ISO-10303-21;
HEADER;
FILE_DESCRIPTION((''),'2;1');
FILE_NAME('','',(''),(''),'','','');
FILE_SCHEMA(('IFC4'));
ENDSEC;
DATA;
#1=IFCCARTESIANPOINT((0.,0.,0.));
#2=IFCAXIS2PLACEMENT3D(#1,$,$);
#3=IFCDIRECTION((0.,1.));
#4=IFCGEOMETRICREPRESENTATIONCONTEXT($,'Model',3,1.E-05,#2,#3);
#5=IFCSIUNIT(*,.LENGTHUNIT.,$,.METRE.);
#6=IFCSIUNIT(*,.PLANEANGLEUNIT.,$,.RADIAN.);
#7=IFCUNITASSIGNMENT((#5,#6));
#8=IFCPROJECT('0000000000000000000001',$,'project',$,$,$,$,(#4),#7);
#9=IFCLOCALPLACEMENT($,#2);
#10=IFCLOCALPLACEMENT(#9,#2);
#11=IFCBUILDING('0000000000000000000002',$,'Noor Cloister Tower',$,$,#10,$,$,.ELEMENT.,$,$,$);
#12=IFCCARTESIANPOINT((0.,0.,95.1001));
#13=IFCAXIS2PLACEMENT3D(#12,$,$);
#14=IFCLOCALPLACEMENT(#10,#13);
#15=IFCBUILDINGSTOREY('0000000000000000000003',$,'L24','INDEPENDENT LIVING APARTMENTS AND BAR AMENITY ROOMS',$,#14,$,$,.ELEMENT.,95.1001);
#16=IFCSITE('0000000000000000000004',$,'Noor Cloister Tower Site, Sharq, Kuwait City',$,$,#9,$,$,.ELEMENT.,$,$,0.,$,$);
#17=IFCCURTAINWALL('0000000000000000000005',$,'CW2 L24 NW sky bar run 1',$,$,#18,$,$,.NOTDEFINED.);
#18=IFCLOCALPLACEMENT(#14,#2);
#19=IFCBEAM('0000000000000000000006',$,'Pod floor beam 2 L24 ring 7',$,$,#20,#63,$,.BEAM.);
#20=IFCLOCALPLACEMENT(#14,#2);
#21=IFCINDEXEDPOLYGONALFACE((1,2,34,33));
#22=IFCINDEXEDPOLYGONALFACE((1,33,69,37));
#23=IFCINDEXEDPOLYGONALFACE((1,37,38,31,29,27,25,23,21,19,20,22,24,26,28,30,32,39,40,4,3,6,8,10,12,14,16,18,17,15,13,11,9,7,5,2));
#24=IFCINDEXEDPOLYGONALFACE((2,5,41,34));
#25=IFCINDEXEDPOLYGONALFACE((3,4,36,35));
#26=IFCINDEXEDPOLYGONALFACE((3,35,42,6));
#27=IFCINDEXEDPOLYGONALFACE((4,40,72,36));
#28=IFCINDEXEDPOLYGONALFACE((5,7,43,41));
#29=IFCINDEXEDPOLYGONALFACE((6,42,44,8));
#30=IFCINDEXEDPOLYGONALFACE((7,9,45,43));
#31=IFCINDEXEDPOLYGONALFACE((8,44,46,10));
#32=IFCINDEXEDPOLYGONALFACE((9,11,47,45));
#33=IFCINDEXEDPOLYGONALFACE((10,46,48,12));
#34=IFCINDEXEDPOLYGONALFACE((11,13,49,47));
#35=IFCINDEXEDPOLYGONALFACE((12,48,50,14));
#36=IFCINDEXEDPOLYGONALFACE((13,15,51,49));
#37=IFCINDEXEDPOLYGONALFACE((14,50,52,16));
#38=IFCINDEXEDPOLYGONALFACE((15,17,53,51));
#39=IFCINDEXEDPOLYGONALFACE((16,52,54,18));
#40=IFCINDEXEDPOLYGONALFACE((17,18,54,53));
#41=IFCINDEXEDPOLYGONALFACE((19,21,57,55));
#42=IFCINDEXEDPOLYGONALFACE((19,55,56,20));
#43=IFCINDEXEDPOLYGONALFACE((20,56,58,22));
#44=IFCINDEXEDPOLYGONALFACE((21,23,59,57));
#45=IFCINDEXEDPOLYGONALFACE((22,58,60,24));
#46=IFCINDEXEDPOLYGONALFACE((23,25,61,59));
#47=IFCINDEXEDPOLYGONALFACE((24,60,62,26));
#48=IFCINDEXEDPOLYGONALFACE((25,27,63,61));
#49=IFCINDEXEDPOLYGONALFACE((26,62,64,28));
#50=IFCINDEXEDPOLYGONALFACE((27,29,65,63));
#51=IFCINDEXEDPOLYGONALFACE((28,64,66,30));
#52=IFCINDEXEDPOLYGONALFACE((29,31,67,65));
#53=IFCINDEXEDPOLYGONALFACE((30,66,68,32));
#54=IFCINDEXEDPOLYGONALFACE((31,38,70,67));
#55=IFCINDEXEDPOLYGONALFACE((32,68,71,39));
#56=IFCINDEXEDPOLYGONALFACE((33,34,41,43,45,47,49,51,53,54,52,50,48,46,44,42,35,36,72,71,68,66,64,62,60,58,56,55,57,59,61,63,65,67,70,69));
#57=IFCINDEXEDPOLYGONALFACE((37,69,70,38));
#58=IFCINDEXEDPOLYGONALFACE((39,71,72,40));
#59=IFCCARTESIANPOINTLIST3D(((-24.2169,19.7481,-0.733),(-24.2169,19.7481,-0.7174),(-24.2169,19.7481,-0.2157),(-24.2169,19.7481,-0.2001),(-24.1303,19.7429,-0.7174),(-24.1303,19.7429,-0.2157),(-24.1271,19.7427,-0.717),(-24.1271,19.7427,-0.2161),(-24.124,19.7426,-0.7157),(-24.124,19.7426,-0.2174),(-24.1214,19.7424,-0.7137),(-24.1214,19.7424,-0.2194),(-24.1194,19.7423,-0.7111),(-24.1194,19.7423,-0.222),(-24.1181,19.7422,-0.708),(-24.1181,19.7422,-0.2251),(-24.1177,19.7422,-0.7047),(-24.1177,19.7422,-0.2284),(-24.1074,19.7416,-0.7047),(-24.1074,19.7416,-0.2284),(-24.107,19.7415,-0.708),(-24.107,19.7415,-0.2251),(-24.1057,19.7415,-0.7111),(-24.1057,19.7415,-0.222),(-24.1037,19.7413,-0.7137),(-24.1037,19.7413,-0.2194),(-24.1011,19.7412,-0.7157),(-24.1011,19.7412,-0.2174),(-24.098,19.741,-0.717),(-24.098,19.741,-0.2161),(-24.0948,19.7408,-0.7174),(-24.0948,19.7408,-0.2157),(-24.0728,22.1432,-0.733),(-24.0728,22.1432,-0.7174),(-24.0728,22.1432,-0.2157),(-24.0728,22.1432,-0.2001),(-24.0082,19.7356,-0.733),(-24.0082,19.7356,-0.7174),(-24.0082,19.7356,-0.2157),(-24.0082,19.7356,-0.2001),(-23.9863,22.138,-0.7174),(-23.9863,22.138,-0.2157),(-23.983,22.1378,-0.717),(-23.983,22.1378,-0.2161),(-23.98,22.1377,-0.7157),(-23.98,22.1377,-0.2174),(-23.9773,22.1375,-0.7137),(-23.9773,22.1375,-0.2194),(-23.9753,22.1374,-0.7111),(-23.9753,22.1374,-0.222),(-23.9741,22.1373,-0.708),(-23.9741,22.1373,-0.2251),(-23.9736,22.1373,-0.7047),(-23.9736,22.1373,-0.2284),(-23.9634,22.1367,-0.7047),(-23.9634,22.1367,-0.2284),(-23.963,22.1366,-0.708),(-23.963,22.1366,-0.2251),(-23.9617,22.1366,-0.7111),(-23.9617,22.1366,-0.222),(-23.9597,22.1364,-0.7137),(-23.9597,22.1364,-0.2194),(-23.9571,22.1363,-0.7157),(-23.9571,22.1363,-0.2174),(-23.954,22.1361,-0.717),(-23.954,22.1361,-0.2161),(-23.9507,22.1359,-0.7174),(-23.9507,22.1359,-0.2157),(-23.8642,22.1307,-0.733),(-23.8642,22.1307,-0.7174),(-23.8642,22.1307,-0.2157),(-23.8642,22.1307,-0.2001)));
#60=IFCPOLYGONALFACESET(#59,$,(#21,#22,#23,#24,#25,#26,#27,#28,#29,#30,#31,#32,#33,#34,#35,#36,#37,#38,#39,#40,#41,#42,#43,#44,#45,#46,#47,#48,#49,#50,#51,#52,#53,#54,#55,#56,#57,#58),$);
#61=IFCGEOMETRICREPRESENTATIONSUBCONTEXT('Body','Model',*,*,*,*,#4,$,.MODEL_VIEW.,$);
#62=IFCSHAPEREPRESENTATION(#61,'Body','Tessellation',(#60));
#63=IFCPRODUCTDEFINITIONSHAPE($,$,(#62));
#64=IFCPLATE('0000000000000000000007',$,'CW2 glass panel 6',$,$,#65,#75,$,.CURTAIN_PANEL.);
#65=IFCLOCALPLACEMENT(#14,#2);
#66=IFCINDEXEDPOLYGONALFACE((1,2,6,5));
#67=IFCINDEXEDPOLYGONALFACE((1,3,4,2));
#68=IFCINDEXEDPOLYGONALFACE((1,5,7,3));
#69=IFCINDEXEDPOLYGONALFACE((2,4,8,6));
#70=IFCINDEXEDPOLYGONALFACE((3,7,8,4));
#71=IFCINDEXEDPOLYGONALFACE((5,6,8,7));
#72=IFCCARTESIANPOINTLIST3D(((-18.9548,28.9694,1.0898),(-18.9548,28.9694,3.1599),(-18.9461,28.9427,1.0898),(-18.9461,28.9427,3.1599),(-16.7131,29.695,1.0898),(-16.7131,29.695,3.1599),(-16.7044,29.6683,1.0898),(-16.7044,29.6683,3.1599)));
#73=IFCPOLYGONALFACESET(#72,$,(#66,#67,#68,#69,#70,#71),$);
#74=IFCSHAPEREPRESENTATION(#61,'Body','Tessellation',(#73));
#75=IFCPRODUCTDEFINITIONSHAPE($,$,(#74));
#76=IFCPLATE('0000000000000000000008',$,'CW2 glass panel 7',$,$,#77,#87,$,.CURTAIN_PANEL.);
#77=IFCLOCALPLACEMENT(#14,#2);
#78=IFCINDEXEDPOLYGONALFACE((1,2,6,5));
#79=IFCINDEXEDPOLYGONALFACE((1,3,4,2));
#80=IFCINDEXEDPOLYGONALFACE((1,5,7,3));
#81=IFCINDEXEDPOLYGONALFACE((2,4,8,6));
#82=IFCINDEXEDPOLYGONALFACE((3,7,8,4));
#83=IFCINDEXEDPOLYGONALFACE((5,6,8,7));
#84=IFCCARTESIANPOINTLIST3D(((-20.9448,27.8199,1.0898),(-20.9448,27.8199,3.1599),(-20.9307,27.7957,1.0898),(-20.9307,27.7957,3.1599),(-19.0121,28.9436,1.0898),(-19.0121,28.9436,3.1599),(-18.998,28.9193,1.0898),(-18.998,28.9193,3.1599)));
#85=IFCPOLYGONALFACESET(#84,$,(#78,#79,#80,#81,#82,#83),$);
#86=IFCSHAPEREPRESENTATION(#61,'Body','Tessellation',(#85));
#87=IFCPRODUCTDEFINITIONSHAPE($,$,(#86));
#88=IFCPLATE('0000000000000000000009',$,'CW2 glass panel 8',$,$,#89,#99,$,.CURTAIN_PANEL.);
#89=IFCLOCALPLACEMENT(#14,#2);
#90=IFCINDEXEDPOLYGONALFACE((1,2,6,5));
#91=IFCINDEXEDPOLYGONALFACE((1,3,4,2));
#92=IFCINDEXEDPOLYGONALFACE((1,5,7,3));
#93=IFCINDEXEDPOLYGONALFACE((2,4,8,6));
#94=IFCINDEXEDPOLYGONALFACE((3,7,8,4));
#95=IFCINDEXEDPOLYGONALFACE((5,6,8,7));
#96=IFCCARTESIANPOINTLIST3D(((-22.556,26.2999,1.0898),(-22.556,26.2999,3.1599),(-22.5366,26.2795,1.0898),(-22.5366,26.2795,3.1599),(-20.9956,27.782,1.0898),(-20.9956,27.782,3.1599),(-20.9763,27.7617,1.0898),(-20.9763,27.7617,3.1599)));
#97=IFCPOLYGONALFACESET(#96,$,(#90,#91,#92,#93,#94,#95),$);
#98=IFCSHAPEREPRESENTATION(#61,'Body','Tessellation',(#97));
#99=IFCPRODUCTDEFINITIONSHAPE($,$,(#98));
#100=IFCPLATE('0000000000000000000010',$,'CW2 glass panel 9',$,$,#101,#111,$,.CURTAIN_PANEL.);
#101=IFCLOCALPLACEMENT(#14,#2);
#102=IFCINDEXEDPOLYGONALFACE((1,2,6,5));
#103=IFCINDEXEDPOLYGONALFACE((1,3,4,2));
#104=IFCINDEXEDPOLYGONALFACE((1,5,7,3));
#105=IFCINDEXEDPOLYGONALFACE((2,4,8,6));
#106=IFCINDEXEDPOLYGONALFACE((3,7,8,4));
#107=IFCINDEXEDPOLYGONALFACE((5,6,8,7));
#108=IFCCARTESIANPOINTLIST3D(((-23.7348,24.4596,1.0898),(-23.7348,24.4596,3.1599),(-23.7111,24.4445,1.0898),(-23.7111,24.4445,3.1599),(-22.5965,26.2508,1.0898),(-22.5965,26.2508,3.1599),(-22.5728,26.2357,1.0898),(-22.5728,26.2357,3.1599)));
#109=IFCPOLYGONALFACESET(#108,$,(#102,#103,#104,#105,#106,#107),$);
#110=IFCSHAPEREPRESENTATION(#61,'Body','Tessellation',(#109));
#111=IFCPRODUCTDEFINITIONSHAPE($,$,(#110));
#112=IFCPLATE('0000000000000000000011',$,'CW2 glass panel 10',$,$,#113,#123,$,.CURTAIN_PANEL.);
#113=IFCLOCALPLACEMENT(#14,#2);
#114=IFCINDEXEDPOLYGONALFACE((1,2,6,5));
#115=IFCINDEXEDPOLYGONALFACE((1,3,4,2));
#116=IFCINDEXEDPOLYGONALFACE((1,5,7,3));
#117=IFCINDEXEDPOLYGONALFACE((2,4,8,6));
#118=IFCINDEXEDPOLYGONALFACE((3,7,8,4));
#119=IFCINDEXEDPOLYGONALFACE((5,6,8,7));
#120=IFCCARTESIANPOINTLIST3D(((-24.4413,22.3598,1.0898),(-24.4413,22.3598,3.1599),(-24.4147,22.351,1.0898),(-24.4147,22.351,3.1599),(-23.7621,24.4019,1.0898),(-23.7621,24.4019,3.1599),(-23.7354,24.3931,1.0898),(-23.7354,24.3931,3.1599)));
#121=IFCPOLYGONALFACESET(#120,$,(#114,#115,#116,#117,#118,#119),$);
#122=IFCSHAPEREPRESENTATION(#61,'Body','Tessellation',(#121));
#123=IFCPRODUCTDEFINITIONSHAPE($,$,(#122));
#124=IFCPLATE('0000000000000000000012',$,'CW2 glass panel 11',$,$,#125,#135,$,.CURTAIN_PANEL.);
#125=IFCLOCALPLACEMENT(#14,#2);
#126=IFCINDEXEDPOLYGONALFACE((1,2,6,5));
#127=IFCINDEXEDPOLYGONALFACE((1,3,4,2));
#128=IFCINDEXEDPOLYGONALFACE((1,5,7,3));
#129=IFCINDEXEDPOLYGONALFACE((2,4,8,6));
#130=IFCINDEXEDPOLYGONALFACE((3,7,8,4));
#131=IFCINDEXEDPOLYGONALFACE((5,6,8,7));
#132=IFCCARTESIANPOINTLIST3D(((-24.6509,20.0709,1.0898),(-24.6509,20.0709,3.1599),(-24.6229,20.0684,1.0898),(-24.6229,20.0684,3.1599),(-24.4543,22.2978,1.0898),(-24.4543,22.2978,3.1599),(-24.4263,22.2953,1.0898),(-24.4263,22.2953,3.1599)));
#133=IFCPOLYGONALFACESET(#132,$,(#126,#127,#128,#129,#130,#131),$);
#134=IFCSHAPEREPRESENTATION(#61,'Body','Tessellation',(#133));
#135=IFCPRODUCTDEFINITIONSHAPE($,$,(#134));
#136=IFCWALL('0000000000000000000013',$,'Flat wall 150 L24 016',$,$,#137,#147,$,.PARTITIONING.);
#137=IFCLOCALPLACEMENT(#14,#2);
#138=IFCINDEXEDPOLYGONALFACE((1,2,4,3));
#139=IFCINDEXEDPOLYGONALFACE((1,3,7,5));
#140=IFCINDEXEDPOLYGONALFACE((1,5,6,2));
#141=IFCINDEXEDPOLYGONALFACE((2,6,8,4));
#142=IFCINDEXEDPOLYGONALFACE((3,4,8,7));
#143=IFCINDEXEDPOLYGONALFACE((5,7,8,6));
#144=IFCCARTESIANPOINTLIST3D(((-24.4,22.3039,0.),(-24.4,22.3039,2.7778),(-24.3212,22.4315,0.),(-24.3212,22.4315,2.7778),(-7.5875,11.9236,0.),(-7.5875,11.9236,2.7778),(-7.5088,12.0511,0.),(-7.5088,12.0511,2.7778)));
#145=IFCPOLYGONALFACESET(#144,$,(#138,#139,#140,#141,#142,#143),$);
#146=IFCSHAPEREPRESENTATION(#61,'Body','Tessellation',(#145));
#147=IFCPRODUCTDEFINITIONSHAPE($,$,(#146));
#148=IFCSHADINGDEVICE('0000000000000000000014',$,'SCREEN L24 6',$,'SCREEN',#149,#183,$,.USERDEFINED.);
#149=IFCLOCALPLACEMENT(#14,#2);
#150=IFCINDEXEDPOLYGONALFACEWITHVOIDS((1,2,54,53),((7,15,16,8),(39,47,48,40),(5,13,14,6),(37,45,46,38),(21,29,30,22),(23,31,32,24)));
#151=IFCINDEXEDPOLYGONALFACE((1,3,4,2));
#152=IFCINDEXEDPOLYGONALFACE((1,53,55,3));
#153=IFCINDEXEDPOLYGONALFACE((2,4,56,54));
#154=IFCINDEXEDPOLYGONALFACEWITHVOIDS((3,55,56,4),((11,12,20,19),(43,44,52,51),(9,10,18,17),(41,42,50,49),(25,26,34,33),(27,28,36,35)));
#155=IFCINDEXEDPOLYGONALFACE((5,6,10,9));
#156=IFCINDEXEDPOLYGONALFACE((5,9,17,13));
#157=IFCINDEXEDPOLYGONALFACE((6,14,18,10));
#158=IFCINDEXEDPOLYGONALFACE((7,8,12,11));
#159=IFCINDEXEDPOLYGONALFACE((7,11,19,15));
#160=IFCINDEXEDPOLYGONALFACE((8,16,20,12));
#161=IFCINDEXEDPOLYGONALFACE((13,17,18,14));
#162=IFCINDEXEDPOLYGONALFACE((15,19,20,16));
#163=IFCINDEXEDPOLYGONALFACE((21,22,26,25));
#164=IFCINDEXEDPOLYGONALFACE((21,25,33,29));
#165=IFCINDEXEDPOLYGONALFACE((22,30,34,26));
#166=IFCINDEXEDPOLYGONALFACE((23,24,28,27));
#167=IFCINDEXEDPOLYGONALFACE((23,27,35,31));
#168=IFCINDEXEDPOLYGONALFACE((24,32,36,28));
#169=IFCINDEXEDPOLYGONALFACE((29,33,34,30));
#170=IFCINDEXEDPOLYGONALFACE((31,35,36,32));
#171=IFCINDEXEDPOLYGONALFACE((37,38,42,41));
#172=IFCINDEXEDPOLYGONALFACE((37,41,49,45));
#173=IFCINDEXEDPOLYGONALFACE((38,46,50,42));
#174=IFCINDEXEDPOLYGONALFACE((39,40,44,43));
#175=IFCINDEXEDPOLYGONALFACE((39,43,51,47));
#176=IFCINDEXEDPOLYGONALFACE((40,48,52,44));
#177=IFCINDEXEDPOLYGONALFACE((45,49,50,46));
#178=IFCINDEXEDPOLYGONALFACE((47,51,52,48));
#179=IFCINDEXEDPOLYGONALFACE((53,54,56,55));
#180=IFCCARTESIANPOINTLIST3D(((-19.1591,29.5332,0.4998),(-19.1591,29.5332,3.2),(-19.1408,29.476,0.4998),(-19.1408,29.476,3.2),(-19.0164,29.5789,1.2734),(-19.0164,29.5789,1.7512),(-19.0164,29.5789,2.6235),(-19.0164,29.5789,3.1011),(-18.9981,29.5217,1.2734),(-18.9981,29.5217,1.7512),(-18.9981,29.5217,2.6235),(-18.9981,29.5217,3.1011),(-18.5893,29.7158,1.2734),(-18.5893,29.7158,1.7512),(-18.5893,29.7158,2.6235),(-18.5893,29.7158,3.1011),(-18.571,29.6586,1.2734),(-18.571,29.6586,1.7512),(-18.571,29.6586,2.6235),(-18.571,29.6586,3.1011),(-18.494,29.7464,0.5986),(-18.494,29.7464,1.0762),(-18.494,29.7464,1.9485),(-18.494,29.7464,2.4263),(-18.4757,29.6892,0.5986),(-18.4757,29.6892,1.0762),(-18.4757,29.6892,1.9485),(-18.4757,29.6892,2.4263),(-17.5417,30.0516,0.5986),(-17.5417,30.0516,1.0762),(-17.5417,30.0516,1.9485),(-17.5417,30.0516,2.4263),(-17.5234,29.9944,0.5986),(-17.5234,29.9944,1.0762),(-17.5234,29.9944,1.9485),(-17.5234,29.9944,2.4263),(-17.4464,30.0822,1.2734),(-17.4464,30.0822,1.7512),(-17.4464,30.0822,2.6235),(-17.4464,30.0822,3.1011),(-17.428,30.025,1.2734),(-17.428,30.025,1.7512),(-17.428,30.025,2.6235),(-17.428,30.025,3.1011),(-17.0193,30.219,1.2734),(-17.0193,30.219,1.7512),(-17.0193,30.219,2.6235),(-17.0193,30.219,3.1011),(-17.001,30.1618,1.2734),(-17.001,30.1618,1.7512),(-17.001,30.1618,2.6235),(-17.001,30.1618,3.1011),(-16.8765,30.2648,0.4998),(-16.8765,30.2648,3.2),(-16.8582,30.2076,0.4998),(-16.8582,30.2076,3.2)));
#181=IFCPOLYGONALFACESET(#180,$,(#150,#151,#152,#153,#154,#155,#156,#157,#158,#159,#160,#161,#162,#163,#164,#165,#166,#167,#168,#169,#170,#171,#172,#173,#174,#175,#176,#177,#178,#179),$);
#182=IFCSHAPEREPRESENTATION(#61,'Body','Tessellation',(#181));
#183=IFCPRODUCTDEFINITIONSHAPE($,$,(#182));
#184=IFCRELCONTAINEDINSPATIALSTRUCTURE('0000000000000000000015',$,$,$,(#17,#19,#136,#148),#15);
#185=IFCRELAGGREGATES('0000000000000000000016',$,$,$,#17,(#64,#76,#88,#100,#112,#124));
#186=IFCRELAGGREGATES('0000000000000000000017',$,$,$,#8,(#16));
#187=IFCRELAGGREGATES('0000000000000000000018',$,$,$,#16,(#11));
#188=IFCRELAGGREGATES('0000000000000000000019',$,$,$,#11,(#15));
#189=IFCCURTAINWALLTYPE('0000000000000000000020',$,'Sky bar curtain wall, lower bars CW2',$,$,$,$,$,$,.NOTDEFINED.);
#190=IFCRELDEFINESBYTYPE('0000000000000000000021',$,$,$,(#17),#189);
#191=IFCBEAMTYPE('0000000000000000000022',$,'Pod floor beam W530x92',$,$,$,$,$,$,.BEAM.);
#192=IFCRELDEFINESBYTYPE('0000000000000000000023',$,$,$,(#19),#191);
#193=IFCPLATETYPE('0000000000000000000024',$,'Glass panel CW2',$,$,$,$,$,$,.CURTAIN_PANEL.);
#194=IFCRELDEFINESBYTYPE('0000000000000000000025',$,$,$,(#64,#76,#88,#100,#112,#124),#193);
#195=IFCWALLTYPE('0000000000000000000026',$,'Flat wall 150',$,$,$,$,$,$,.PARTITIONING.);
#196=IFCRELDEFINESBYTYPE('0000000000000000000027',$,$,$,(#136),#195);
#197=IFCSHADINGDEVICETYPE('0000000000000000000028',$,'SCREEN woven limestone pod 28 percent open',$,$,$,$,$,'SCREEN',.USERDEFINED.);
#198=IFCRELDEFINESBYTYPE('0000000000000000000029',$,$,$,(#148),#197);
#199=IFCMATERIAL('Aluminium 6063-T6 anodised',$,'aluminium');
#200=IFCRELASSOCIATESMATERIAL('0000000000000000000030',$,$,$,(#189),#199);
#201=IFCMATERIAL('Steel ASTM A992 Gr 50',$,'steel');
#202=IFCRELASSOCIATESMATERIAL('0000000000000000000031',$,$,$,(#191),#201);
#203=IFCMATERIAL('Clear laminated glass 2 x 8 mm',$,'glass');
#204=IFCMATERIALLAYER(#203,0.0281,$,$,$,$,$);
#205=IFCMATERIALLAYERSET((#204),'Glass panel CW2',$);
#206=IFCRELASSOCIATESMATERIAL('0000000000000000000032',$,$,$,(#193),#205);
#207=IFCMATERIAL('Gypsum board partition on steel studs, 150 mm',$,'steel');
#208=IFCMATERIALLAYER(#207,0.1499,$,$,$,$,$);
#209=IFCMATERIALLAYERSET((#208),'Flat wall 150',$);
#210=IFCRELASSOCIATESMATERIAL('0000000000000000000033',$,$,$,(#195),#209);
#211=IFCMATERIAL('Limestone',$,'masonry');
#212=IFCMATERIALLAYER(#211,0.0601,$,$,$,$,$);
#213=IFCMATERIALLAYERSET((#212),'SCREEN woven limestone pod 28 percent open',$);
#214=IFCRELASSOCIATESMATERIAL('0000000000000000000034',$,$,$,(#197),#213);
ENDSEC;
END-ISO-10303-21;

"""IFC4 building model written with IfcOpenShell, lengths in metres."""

from ifc_helpers import new_model, si_unit, direction, frame, frame_2d, origin, origin_2d, place, context, subcontext, project, spatial, polyline, rectangle, i_section, outline, extrude, material, layer, layer_set, material_profile, profile_set, type_object, element, aggregate, save


model = new_model("IFC4")

# Units and contexts
model_context = context("Model", 3, precision=1e-05, world=origin(), true_north=direction((0.0, 1.0)))
body_context = subcontext(model_context, "Body", "Model", "MODEL_VIEW")
ifc_project = project(units=[si_unit("LENGTHUNIT", "METRE"), si_unit("PLANEANGLEUNIT", "RADIAN")], contexts=[model_context])

# Site, building, storey
site_placement = place(None, origin())
site = spatial("IfcSite", under=ifc_project, at=site_placement, Name="Noor Cloister Tower Site, Sharq, Kuwait City", CompositionType="ELEMENT", RefElevation=0.0)
building_placement = place(site_placement, origin())
building = spatial("IfcBuilding", under=site, at=building_placement, Name="Noor Cloister Tower", CompositionType="ELEMENT")
storey_placement = place(building_placement, frame((0.0, 0.0, 95.1001)))
storey = spatial("IfcBuildingStorey", under=building, at=storey_placement, Name="L24", Description="INDEPENDENT LIVING APARTMENTS AND BAR AMENITY ROOMS", CompositionType="ELEMENT", Elevation=95.1001)

# Curtain wall
ifc_material_1 = material(Name="Aluminium 6063-T6 anodised", Category="aluminium")
curtain_wall_type = type_object("IfcCurtainWallType", Name="Sky bar curtain wall, lower bars CW2", PredefinedType="NOTDEFINED", material=ifc_material_1)
curtain_wall_placement = place(storey_placement, origin())
curtain_wall = element("IfcCurtainWall", 1, at=curtain_wall_placement, inside=storey, type_object=curtain_wall_type, Name="CW2 L24 NW sky bar run 1", PredefinedType="NOTDEFINED")

# Beam
ifc_material_2 = material(Name="Steel ASTM A992 Gr 50", Category="steel")
ifc_material_profile_1 = material_profile(ifc_material_2, i_section(OverallWidth=0.209, OverallDepth=0.533, WebThickness=0.0103, FlangeThickness=0.0156, FilletRadius=0.0127, at=origin_2d()), Name="W530x92")
ifc_profile_set_1 = profile_set([ifc_material_profile_1], Name="Steel ASTM A992 Gr 50")
beam_type = type_object("IfcBeamType", Name="Pod floor beam W530x92", PredefinedType="BEAM", material=ifc_profile_set_1)
beam_1_placement = place(storey_placement, frame((-23.9685, 22.137, -0.4666), z_axis=(-0.060034, -0.998196, 0.0), x_axis=(0.998196, -0.060034, 0.0)))
element("IfcBeam", 2, at=beam_1_placement, inside=storey, type_object=beam_type, Name="Pod floor beam 2 L24 ring 7", PredefinedType="BEAM", context=body_context, shape_type="SweptSolid", body=[
    extrude(i_section(OverallWidth=0.209, OverallDepth=0.533, WebThickness=0.0103, FlangeThickness=0.0156, FilletRadius=0.0127, at=origin_2d()), origin(), (0.0, 0.0, 1.0), 2.3994),
])

# Plates
ifc_material_3 = material(Name="Clear laminated glass 2 x 8 mm", Category="glass")
ifc_layer_1 = layer(ifc_material_3, 0.0281)
ifc_layer_set_1 = layer_set([ifc_layer_1], Name="Glass panel CW2")
plate_type = type_object("IfcPlateType", Name="Glass panel CW2", PredefinedType="CURTAIN_PANEL", material=ifc_layer_set_1)
plate_1_placement = place(storey_placement, frame((-17.8296, 29.3188, 1.0898), z_axis=(0.0, 0.0, 1.0), x_axis=(-0.951406, -0.307939, 0.0)))
plate_1 = element("IfcPlate", 3, at=plate_1_placement, type_object=plate_type, Name="CW2 glass panel 6", PredefinedType="CURTAIN_PANEL", context=body_context, shape_type="SweptSolid", body=[
    extrude(rectangle(XDim=2.3562, YDim=0.0281, at=origin_2d()), origin(), (0.0, 0.0, 1.0), 2.0701),
])
plate_2_placement = place(storey_placement, frame((-19.9714, 28.3696, 1.0898), z_axis=(0.0, 0.0, 1.0), x_axis=(-0.864505, -0.502624, 0.0)))
plate_2 = element("IfcPlate", 4, at=plate_2_placement, type_object=plate_type, Name="CW2 glass panel 7", PredefinedType="CURTAIN_PANEL", context=body_context, shape_type="SweptSolid", body=[
    extrude(rectangle(XDim=2.2356, YDim=0.0281, at=origin_2d()), origin(), (0.0, 0.0, 1.0), 2.0701),
])
plate_3_placement = place(storey_placement, frame((-21.7661, 27.0308, 1.0898), z_axis=(0.0, 0.0, 1.0), x_axis=(-0.725048, -0.688698, 0.0)))
plate_3 = element("IfcPlate", 5, at=plate_3_placement, type_object=plate_type, Name="CW2 glass panel 8", PredefinedType="CURTAIN_PANEL", context=body_context, shape_type="SweptSolid", body=[
    extrude(rectangle(XDim=2.1521, YDim=0.0281, at=origin_2d()), origin(), (0.0, 0.0, 1.0), 2.0701),
])
plate_4_placement = place(storey_placement, frame((-23.1538, 25.3477, 1.0898), z_axis=(0.0, 0.0, 1.0), x_axis=(-0.53635, -0.843995, 0.0)))
plate_4 = element("IfcPlate", 6, at=plate_4_placement, type_object=plate_type, Name="CW2 glass panel 9", PredefinedType="CURTAIN_PANEL", context=body_context, shape_type="SweptSolid", body=[
    extrude(rectangle(XDim=2.1223, YDim=0.0281, at=origin_2d()), origin(), (0.0, 0.0, 1.0), 2.0701),
])
plate_5_placement = place(storey_placement, frame((-24.0884, 23.3765, 1.0898), z_axis=(0.0, 0.0, 1.0), x_axis=(-0.31562, -0.948886, 0.0)))
plate_5 = element("IfcPlate", 7, at=plate_5_placement, type_object=plate_type, Name="CW2 glass panel 10", PredefinedType="CURTAIN_PANEL", context=body_context, shape_type="SweptSolid", body=[
    extrude(rectangle(XDim=2.1521, YDim=0.0281, at=origin_2d()), origin(), (0.0, 0.0, 1.0), 2.0701),
])
plate_6_placement = place(storey_placement, frame((-24.5386, 21.1831, 1.0898), z_axis=(0.0, 0.0, 1.0), x_axis=(-0.087935, -0.996126, 0.0)))
plate_6 = element("IfcPlate", 8, at=plate_6_placement, type_object=plate_type, Name="CW2 glass panel 11", PredefinedType="CURTAIN_PANEL", context=body_context, shape_type="SweptSolid", body=[
    extrude(rectangle(XDim=2.2356, YDim=0.0281, at=origin_2d()), origin(), (0.0, 0.0, 1.0), 2.0701),
])
aggregate(curtain_wall, [plate_1, plate_2, plate_3, plate_4, plate_5, plate_6])

# Wall
ifc_material_4 = material(Name="Gypsum board partition on steel studs, 150 mm", Category="steel")
ifc_layer_2 = layer(ifc_material_4, 0.1499)
ifc_layer_set_2 = layer_set([ifc_layer_2], Name="Flat wall 150")
wall_type = type_object("IfcWallType", Name="Flat wall 150", PredefinedType="PARTITIONING", material=ifc_layer_set_2)
wall_placement = place(storey_placement, frame((-24.3606, 22.3677, 0.0), z_axis=(0.0, 0.0, 1.0), x_axis=(0.850884, -0.525353, 0.0)))
element("IfcWall", 9, at=wall_placement, inside=storey, type_object=wall_type, Name="Flat wall 150 L24 016", PredefinedType="PARTITIONING", context=body_context, shape_type="SweptSolid", body=[
    extrude(rectangle(XDim=19.7588, YDim=0.1499, at=frame_2d((9.8794, 0.0))), origin(), (0.0, 0.0, 1.0), 2.7778),
])

# Shading device
ifc_material_5 = material(Name="Limestone", Category="masonry")
ifc_layer_3 = layer(ifc_material_5, 0.0601)
ifc_layer_set_3 = layer_set([ifc_layer_3], Name="SCREEN woven limestone pod 28 percent open")
shading_device_type = type_object("IfcShadingDeviceType", Name="SCREEN woven limestone pod 28 percent open", ElementType="SCREEN", PredefinedType="USERDEFINED", material=ifc_layer_set_3)
shading_device_1_placement = place(storey_placement, frame((-17.9995, 29.8418, 1.8499), z_axis=(-0.305219, 0.952282, 0.0), x_axis=(-0.952282, -0.305219, 0.0)))
element("IfcShadingDevice", 10, at=shading_device_1_placement, inside=storey, type_object=shading_device_type, Name="SCREEN L24 6", ObjectType="SCREEN", PredefinedType="USERDEFINED", context=body_context, shape_type="SweptSolid", body=[
    extrude(outline(polyline([(-1.1985, -1.3501), (1.1985, -1.3501), (1.1985, 1.3501), (-1.1985, 1.3501), (-1.1985, -1.3501)]), holes=[polyline([(-0.5, -1.2512), (0.5, -1.2512), (0.5, -0.7737), (-0.5, -0.7737), (-0.5, -1.2512)]), polyline([(0.6001, -0.5764), (1.0486, -0.5764), (1.0486, -0.0986), (0.6001, -0.0986), (0.6001, -0.5764)]), polyline([(-1.0486, -0.5764), (-0.6001, -0.5764), (-0.6001, -0.0986), (-1.0486, -0.0986), (-1.0486, -0.5764)]), polyline([(-0.5, 0.0986), (0.5, 0.0986), (0.5, 0.5764), (-0.5, 0.5764), (-0.5, 0.0986)]), polyline([(0.6001, 0.7737), (1.0486, 0.7737), (1.0486, 1.2512), (0.6001, 1.2512), (0.6001, 0.7737)]), polyline([(-1.0486, 0.7737), (-0.6001, 0.7737), (-0.6001, 1.2512), (-1.0486, 1.2512), (-1.0486, 0.7737)])]), origin(), (0.0, 0.0, 1.0), 0.0601),
])

save(model, "model.ifc")
